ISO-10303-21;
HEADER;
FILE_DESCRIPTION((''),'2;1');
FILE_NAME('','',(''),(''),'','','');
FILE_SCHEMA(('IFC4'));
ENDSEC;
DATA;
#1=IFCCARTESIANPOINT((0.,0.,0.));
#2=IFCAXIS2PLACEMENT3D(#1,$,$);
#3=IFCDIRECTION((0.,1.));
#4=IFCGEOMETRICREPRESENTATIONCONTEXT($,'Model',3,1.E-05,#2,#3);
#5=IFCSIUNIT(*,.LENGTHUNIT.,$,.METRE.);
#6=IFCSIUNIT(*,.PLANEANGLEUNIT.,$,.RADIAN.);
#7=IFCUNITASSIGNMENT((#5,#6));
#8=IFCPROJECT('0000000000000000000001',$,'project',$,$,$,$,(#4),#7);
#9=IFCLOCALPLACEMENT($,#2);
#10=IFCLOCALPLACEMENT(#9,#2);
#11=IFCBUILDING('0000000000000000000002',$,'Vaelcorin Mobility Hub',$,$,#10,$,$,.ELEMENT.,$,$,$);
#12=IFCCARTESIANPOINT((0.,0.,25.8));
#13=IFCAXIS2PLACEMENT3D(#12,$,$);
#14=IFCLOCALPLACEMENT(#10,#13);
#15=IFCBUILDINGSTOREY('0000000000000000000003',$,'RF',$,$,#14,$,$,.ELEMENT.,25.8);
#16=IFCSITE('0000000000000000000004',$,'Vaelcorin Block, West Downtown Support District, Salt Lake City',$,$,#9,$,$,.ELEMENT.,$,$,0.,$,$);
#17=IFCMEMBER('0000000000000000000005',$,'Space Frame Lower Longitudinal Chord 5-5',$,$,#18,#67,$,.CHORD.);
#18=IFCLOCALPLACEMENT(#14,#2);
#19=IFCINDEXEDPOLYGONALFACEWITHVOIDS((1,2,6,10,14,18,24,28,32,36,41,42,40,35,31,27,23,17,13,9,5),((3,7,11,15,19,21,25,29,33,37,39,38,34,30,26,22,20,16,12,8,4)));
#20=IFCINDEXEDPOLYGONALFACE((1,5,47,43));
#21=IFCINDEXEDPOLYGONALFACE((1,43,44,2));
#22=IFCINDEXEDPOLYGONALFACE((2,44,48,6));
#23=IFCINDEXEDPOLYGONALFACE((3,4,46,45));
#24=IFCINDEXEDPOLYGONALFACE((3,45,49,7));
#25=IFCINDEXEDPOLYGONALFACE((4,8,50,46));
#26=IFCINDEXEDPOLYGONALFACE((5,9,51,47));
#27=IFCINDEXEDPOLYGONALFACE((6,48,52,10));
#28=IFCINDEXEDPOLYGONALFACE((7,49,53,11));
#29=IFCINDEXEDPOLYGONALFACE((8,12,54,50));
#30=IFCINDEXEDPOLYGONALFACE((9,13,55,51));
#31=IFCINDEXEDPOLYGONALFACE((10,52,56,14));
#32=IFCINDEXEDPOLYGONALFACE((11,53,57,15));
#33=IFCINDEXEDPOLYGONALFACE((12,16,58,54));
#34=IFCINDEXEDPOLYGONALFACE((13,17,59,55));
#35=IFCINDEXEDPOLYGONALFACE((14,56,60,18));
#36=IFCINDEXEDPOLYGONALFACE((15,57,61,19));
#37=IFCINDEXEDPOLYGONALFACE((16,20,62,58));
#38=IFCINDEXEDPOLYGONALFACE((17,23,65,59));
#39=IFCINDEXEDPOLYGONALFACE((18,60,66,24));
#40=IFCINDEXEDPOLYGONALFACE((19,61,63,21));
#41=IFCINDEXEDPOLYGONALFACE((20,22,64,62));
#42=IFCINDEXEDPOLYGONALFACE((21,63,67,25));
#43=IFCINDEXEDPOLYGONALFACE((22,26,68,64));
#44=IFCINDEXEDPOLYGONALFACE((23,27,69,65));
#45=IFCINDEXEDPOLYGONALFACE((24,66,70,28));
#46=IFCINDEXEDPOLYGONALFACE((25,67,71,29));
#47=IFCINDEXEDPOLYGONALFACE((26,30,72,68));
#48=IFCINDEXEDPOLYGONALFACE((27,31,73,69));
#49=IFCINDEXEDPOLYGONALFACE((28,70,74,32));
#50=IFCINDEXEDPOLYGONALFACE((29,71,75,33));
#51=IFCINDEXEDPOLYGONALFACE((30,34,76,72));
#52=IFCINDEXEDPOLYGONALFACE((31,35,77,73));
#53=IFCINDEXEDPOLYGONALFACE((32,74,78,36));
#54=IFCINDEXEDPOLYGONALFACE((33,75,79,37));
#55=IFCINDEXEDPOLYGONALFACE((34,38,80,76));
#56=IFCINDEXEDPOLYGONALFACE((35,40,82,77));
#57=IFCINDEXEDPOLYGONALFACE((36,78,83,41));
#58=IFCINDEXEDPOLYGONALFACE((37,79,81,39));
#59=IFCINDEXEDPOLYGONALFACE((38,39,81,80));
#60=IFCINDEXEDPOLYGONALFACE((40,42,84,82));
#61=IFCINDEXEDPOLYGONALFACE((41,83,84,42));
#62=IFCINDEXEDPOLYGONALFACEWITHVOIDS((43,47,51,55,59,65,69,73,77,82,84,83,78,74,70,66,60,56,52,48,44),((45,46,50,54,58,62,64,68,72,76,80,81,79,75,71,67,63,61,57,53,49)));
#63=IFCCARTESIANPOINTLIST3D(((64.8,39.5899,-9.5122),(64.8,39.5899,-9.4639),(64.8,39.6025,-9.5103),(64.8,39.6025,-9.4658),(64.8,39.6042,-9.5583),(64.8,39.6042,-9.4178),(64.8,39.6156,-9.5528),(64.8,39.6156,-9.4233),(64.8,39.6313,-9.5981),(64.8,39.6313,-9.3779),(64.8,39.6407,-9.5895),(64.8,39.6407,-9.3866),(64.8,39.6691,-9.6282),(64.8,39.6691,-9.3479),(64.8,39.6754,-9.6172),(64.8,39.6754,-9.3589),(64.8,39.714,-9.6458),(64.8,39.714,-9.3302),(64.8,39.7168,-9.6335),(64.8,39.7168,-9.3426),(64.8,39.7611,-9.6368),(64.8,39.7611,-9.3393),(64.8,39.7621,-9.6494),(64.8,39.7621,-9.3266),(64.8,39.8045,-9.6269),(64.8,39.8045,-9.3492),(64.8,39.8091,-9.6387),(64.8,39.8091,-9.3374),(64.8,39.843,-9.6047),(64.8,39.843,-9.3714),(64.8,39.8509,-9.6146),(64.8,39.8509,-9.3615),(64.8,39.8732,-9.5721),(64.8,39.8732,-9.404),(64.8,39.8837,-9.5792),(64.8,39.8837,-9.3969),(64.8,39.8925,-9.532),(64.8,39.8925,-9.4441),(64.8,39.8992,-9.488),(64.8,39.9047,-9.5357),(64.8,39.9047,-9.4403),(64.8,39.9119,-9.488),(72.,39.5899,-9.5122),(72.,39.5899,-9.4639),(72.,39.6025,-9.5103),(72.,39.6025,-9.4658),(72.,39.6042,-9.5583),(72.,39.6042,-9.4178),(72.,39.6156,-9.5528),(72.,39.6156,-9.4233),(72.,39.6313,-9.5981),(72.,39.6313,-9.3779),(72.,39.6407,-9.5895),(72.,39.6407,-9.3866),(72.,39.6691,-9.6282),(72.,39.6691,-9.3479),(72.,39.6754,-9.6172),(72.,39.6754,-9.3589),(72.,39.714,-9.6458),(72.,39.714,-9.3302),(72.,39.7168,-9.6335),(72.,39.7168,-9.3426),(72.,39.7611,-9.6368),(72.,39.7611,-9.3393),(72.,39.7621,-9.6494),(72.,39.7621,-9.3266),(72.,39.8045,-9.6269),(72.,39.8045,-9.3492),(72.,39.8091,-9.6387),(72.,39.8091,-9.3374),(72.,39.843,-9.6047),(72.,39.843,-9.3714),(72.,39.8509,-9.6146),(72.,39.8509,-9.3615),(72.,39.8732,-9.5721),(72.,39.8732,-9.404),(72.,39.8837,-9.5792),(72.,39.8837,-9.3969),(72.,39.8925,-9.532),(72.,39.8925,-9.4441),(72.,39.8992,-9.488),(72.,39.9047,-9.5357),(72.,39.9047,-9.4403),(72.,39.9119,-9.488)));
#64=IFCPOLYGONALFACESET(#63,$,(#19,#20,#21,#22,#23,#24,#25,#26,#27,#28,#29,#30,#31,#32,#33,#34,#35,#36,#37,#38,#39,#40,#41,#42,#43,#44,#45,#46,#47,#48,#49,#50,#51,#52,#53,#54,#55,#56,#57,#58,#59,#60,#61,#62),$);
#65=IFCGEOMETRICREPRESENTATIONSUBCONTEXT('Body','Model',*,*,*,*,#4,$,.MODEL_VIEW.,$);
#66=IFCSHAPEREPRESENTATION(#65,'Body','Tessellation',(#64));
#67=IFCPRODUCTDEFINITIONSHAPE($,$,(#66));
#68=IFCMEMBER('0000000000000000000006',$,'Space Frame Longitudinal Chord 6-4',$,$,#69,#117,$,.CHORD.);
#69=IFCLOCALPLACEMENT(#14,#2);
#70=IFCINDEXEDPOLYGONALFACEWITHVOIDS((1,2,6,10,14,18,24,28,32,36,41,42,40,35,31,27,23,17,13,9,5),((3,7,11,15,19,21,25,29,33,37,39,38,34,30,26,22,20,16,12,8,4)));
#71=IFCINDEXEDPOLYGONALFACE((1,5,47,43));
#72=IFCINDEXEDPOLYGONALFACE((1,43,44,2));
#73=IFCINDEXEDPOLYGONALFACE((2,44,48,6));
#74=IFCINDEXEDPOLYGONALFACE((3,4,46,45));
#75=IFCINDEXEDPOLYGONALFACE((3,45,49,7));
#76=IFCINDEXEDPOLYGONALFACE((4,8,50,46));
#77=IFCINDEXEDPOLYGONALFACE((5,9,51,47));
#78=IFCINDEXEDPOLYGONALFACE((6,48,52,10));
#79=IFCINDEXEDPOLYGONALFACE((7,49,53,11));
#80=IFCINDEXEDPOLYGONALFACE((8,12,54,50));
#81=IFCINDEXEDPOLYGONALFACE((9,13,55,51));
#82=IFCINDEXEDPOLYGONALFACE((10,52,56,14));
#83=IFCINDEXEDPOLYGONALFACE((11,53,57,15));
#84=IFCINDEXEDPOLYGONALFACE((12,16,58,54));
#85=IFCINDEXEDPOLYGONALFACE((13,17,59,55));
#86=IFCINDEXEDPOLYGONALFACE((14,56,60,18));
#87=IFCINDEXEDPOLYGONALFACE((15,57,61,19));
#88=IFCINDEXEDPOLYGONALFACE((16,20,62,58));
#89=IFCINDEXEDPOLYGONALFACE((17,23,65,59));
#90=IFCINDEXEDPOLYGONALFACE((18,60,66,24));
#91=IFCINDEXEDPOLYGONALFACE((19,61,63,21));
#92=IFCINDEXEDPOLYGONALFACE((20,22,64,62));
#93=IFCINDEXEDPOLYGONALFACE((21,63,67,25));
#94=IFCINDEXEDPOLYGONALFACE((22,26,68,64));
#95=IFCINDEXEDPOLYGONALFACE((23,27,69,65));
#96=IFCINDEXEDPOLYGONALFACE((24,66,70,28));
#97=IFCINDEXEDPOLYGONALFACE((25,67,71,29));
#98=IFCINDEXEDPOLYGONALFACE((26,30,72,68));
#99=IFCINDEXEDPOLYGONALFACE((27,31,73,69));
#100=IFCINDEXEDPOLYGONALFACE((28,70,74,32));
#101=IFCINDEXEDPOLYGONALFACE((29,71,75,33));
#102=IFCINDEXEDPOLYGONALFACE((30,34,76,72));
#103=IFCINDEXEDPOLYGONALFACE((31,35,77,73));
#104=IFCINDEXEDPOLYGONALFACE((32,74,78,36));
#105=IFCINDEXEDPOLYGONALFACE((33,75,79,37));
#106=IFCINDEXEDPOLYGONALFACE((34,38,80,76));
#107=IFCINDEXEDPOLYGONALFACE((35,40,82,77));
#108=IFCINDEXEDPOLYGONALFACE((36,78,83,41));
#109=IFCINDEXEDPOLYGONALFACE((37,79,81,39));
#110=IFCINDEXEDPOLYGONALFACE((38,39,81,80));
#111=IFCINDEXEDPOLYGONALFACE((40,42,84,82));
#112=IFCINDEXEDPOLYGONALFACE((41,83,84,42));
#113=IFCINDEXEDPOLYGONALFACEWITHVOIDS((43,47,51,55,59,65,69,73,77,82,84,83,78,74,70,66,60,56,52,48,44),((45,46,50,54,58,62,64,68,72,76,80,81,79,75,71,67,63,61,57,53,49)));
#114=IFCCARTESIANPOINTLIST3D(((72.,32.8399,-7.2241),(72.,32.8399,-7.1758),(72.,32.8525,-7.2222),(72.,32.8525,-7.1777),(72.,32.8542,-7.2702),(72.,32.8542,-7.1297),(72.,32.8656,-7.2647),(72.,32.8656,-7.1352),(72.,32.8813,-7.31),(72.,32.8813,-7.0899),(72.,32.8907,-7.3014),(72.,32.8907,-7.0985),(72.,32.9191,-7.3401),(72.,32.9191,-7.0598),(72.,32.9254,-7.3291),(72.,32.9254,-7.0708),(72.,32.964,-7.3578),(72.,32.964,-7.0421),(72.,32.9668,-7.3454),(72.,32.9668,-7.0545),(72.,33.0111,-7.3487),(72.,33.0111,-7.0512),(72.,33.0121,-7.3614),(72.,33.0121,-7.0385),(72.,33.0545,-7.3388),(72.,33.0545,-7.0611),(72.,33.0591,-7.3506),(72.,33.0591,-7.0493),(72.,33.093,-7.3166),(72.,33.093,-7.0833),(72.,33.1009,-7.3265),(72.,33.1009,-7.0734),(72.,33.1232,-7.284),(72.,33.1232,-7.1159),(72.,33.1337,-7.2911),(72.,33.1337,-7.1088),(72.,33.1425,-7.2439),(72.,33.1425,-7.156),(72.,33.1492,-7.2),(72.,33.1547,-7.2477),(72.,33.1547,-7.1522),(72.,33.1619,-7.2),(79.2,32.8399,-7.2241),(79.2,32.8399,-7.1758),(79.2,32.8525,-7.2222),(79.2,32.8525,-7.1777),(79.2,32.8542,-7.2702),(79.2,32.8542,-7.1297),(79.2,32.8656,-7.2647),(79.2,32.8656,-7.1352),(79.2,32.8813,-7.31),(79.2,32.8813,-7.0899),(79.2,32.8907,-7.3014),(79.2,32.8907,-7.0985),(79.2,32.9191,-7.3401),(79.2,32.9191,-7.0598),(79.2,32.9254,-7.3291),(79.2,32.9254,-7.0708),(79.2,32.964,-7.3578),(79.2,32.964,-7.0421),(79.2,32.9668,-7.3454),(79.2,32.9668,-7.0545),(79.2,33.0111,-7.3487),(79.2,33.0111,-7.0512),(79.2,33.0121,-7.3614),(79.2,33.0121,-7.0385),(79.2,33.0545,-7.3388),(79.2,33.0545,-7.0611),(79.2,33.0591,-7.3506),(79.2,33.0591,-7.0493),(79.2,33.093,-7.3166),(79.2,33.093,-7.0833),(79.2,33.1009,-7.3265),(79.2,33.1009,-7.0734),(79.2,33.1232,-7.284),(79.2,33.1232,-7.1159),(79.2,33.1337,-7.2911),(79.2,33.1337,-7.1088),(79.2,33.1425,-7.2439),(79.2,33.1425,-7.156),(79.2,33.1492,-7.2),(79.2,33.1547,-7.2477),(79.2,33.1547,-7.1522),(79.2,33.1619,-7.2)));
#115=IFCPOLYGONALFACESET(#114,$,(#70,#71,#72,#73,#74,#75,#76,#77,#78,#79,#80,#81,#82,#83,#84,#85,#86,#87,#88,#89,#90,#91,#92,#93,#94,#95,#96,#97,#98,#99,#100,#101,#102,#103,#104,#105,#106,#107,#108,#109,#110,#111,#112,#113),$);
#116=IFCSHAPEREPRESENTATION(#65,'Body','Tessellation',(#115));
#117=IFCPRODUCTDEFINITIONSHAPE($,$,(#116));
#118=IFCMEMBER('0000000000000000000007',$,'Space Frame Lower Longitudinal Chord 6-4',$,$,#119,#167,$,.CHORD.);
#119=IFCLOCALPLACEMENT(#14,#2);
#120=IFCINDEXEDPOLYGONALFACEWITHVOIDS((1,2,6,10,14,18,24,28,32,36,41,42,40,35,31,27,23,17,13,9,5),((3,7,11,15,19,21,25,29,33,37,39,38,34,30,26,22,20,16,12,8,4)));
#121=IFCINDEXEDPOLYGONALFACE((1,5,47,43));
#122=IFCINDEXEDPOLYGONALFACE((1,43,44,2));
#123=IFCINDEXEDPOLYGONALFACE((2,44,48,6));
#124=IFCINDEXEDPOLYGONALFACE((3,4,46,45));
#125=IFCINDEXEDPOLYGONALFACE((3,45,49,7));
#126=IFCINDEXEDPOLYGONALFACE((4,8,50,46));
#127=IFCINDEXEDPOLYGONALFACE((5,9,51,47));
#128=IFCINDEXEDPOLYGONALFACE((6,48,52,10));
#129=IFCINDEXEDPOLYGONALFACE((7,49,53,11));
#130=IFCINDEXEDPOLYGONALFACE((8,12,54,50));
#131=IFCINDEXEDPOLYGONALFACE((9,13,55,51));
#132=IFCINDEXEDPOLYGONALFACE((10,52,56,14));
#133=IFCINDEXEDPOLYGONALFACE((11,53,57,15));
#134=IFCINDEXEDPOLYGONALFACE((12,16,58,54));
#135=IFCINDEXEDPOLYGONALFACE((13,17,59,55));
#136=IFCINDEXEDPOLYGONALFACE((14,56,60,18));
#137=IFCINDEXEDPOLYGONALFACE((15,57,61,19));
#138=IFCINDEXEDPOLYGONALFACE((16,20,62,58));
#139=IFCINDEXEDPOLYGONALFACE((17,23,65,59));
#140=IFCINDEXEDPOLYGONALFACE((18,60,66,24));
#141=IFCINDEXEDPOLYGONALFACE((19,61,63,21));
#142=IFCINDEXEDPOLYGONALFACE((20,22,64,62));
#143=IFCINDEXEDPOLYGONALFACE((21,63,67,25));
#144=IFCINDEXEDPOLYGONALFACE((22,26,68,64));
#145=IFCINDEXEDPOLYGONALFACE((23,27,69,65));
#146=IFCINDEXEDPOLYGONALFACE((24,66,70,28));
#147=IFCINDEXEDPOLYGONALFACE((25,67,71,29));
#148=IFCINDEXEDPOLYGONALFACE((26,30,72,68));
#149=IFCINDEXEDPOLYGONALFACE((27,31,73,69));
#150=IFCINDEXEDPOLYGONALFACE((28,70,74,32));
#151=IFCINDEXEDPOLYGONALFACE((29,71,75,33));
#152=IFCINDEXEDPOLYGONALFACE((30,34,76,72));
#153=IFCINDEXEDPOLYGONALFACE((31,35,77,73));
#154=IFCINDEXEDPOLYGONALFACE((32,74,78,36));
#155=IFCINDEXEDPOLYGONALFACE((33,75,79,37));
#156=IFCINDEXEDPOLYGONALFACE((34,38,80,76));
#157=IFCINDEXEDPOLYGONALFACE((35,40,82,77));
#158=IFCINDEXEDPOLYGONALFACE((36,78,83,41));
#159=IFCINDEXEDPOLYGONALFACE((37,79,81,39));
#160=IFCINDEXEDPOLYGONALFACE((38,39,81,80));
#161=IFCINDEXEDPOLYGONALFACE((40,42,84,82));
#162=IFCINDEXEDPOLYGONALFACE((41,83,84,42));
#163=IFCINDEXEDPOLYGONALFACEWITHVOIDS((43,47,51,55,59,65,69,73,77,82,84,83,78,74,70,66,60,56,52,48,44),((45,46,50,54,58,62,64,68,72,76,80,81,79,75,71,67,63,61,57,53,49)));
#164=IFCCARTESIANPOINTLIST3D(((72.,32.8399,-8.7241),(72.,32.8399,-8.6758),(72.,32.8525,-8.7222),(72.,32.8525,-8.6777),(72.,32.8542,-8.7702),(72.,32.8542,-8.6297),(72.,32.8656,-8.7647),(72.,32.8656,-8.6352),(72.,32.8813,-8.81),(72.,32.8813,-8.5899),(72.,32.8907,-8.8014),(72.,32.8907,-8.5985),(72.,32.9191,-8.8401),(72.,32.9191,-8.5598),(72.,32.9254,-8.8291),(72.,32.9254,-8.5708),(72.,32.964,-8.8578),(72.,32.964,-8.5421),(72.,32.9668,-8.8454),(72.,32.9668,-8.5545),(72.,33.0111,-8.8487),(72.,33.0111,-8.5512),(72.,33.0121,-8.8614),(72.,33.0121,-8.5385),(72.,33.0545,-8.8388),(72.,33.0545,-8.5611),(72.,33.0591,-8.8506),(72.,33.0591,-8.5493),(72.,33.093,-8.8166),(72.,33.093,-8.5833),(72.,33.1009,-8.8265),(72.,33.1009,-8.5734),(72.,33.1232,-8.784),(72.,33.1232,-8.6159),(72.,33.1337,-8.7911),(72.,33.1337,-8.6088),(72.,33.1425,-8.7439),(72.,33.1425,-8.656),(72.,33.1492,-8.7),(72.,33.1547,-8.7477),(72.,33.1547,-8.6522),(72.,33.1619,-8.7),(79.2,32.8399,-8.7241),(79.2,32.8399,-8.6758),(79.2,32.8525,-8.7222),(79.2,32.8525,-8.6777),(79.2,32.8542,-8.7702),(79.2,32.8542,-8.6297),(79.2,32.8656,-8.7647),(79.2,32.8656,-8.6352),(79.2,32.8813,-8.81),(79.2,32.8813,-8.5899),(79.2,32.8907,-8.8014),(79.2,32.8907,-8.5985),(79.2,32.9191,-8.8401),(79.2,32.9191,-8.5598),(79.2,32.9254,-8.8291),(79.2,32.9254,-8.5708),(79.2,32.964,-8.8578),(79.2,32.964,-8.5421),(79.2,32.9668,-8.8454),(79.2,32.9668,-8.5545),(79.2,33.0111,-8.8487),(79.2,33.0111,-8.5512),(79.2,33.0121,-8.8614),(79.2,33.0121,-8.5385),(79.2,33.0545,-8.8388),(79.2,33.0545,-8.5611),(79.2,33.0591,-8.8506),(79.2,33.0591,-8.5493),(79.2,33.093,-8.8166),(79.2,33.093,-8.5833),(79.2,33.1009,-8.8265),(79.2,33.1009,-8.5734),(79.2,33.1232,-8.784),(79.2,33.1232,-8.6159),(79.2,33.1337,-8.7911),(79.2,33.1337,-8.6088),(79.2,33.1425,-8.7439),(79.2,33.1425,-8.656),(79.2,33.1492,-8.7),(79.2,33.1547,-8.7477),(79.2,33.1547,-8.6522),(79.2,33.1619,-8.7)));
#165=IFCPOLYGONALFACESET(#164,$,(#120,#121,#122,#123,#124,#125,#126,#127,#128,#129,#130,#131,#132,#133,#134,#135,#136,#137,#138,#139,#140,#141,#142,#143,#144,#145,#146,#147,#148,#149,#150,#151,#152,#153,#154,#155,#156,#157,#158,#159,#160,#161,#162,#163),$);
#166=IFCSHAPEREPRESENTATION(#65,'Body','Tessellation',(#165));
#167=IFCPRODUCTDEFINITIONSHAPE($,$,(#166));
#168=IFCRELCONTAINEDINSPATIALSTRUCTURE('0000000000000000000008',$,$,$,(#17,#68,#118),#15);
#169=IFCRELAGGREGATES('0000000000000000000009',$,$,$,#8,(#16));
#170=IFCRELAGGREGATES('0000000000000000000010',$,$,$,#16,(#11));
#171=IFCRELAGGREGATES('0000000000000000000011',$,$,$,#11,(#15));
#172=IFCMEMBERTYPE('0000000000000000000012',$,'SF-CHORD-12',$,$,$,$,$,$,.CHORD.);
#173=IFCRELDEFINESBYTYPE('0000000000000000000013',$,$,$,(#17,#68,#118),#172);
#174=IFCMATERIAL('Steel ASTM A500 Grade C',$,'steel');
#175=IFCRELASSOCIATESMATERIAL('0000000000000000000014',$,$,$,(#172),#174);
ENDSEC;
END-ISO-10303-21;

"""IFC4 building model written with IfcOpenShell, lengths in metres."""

from ifc_helpers import new_model, si_unit, direction, frame, origin, origin_2d, place, context, subcontext, project, spatial, hollow_circle, extrude, material, material_profile, profile_set, type_object, element, save


model = new_model("IFC4")

# Units and contexts
model_context = context("Model", 3, precision=1e-05, world=origin(), true_north=direction((0.0, 1.0)))
body_context = subcontext(model_context, "Body", "Model", "MODEL_VIEW")
ifc_project = project(units=[si_unit("LENGTHUNIT", "METRE"), si_unit("PLANEANGLEUNIT", "RADIAN")], contexts=[model_context])

# Site, building, storey
site_placement = place(None, origin())
site = spatial("IfcSite", under=ifc_project, at=site_placement, Name="Vaelcorin Block, West Downtown Support District, Salt Lake City", CompositionType="ELEMENT", RefElevation=0.0)
building_placement = place(site_placement, origin())
building = spatial("IfcBuilding", under=site, at=building_placement, Name="Vaelcorin Mobility Hub", CompositionType="ELEMENT")
storey_placement = place(building_placement, frame((0.0, 0.0, 25.8)))
storey = spatial("IfcBuildingStorey", under=building, at=storey_placement, Name="RF", CompositionType="ELEMENT", Elevation=25.8)

# Members
ifc_material_1 = material(Name="Steel ASTM A500 Grade C", Category="steel")
ifc_material_profile_1 = material_profile(ifc_material_1, hollow_circle(Radius=0.1619, WallThickness=0.0127, at=origin_2d()), Name="HSS12.750X0.500")
ifc_profile_set_1 = profile_set([ifc_material_profile_1], Name="Steel ASTM A500 Grade C")
member_type_1 = type_object("IfcMemberType", Name="SF-CHORD-12", PredefinedType="CHORD", material=ifc_profile_set_1)
for number, where, z_axis, x_axis, name in (
    (1, (64.8, 39.75, -9.488), (1.0, 0.0, 0.0), (0.0, 1.0, 0.0), "Space Frame Lower Longitudinal Chord 5-5"),
    (2, (72.0, 33.0, -7.2), (1.0, 0.0, 0.0), (0.0, 1.0, 0.0), "Space Frame Longitudinal Chord 6-4"),
    (3, (72.0, 33.0, -8.7), (1.0, 0.0, 0.0), (0.0, 1.0, 0.0), "Space Frame Lower Longitudinal Chord 6-4"),
):
    element("IfcMember", number, at=place(storey_placement, frame(where, z_axis=z_axis, x_axis=x_axis)), inside=storey, type_object=member_type_1, Name=name, PredefinedType="CHORD", context=body_context, shape_type="SweptSolid", body=[
        extrude(hollow_circle(Radius=0.1619, WallThickness=0.0127, at=origin_2d()), origin(), (0.0, 0.0, 1.0), 7.2),
    ])

save(model, "model.ifc")
